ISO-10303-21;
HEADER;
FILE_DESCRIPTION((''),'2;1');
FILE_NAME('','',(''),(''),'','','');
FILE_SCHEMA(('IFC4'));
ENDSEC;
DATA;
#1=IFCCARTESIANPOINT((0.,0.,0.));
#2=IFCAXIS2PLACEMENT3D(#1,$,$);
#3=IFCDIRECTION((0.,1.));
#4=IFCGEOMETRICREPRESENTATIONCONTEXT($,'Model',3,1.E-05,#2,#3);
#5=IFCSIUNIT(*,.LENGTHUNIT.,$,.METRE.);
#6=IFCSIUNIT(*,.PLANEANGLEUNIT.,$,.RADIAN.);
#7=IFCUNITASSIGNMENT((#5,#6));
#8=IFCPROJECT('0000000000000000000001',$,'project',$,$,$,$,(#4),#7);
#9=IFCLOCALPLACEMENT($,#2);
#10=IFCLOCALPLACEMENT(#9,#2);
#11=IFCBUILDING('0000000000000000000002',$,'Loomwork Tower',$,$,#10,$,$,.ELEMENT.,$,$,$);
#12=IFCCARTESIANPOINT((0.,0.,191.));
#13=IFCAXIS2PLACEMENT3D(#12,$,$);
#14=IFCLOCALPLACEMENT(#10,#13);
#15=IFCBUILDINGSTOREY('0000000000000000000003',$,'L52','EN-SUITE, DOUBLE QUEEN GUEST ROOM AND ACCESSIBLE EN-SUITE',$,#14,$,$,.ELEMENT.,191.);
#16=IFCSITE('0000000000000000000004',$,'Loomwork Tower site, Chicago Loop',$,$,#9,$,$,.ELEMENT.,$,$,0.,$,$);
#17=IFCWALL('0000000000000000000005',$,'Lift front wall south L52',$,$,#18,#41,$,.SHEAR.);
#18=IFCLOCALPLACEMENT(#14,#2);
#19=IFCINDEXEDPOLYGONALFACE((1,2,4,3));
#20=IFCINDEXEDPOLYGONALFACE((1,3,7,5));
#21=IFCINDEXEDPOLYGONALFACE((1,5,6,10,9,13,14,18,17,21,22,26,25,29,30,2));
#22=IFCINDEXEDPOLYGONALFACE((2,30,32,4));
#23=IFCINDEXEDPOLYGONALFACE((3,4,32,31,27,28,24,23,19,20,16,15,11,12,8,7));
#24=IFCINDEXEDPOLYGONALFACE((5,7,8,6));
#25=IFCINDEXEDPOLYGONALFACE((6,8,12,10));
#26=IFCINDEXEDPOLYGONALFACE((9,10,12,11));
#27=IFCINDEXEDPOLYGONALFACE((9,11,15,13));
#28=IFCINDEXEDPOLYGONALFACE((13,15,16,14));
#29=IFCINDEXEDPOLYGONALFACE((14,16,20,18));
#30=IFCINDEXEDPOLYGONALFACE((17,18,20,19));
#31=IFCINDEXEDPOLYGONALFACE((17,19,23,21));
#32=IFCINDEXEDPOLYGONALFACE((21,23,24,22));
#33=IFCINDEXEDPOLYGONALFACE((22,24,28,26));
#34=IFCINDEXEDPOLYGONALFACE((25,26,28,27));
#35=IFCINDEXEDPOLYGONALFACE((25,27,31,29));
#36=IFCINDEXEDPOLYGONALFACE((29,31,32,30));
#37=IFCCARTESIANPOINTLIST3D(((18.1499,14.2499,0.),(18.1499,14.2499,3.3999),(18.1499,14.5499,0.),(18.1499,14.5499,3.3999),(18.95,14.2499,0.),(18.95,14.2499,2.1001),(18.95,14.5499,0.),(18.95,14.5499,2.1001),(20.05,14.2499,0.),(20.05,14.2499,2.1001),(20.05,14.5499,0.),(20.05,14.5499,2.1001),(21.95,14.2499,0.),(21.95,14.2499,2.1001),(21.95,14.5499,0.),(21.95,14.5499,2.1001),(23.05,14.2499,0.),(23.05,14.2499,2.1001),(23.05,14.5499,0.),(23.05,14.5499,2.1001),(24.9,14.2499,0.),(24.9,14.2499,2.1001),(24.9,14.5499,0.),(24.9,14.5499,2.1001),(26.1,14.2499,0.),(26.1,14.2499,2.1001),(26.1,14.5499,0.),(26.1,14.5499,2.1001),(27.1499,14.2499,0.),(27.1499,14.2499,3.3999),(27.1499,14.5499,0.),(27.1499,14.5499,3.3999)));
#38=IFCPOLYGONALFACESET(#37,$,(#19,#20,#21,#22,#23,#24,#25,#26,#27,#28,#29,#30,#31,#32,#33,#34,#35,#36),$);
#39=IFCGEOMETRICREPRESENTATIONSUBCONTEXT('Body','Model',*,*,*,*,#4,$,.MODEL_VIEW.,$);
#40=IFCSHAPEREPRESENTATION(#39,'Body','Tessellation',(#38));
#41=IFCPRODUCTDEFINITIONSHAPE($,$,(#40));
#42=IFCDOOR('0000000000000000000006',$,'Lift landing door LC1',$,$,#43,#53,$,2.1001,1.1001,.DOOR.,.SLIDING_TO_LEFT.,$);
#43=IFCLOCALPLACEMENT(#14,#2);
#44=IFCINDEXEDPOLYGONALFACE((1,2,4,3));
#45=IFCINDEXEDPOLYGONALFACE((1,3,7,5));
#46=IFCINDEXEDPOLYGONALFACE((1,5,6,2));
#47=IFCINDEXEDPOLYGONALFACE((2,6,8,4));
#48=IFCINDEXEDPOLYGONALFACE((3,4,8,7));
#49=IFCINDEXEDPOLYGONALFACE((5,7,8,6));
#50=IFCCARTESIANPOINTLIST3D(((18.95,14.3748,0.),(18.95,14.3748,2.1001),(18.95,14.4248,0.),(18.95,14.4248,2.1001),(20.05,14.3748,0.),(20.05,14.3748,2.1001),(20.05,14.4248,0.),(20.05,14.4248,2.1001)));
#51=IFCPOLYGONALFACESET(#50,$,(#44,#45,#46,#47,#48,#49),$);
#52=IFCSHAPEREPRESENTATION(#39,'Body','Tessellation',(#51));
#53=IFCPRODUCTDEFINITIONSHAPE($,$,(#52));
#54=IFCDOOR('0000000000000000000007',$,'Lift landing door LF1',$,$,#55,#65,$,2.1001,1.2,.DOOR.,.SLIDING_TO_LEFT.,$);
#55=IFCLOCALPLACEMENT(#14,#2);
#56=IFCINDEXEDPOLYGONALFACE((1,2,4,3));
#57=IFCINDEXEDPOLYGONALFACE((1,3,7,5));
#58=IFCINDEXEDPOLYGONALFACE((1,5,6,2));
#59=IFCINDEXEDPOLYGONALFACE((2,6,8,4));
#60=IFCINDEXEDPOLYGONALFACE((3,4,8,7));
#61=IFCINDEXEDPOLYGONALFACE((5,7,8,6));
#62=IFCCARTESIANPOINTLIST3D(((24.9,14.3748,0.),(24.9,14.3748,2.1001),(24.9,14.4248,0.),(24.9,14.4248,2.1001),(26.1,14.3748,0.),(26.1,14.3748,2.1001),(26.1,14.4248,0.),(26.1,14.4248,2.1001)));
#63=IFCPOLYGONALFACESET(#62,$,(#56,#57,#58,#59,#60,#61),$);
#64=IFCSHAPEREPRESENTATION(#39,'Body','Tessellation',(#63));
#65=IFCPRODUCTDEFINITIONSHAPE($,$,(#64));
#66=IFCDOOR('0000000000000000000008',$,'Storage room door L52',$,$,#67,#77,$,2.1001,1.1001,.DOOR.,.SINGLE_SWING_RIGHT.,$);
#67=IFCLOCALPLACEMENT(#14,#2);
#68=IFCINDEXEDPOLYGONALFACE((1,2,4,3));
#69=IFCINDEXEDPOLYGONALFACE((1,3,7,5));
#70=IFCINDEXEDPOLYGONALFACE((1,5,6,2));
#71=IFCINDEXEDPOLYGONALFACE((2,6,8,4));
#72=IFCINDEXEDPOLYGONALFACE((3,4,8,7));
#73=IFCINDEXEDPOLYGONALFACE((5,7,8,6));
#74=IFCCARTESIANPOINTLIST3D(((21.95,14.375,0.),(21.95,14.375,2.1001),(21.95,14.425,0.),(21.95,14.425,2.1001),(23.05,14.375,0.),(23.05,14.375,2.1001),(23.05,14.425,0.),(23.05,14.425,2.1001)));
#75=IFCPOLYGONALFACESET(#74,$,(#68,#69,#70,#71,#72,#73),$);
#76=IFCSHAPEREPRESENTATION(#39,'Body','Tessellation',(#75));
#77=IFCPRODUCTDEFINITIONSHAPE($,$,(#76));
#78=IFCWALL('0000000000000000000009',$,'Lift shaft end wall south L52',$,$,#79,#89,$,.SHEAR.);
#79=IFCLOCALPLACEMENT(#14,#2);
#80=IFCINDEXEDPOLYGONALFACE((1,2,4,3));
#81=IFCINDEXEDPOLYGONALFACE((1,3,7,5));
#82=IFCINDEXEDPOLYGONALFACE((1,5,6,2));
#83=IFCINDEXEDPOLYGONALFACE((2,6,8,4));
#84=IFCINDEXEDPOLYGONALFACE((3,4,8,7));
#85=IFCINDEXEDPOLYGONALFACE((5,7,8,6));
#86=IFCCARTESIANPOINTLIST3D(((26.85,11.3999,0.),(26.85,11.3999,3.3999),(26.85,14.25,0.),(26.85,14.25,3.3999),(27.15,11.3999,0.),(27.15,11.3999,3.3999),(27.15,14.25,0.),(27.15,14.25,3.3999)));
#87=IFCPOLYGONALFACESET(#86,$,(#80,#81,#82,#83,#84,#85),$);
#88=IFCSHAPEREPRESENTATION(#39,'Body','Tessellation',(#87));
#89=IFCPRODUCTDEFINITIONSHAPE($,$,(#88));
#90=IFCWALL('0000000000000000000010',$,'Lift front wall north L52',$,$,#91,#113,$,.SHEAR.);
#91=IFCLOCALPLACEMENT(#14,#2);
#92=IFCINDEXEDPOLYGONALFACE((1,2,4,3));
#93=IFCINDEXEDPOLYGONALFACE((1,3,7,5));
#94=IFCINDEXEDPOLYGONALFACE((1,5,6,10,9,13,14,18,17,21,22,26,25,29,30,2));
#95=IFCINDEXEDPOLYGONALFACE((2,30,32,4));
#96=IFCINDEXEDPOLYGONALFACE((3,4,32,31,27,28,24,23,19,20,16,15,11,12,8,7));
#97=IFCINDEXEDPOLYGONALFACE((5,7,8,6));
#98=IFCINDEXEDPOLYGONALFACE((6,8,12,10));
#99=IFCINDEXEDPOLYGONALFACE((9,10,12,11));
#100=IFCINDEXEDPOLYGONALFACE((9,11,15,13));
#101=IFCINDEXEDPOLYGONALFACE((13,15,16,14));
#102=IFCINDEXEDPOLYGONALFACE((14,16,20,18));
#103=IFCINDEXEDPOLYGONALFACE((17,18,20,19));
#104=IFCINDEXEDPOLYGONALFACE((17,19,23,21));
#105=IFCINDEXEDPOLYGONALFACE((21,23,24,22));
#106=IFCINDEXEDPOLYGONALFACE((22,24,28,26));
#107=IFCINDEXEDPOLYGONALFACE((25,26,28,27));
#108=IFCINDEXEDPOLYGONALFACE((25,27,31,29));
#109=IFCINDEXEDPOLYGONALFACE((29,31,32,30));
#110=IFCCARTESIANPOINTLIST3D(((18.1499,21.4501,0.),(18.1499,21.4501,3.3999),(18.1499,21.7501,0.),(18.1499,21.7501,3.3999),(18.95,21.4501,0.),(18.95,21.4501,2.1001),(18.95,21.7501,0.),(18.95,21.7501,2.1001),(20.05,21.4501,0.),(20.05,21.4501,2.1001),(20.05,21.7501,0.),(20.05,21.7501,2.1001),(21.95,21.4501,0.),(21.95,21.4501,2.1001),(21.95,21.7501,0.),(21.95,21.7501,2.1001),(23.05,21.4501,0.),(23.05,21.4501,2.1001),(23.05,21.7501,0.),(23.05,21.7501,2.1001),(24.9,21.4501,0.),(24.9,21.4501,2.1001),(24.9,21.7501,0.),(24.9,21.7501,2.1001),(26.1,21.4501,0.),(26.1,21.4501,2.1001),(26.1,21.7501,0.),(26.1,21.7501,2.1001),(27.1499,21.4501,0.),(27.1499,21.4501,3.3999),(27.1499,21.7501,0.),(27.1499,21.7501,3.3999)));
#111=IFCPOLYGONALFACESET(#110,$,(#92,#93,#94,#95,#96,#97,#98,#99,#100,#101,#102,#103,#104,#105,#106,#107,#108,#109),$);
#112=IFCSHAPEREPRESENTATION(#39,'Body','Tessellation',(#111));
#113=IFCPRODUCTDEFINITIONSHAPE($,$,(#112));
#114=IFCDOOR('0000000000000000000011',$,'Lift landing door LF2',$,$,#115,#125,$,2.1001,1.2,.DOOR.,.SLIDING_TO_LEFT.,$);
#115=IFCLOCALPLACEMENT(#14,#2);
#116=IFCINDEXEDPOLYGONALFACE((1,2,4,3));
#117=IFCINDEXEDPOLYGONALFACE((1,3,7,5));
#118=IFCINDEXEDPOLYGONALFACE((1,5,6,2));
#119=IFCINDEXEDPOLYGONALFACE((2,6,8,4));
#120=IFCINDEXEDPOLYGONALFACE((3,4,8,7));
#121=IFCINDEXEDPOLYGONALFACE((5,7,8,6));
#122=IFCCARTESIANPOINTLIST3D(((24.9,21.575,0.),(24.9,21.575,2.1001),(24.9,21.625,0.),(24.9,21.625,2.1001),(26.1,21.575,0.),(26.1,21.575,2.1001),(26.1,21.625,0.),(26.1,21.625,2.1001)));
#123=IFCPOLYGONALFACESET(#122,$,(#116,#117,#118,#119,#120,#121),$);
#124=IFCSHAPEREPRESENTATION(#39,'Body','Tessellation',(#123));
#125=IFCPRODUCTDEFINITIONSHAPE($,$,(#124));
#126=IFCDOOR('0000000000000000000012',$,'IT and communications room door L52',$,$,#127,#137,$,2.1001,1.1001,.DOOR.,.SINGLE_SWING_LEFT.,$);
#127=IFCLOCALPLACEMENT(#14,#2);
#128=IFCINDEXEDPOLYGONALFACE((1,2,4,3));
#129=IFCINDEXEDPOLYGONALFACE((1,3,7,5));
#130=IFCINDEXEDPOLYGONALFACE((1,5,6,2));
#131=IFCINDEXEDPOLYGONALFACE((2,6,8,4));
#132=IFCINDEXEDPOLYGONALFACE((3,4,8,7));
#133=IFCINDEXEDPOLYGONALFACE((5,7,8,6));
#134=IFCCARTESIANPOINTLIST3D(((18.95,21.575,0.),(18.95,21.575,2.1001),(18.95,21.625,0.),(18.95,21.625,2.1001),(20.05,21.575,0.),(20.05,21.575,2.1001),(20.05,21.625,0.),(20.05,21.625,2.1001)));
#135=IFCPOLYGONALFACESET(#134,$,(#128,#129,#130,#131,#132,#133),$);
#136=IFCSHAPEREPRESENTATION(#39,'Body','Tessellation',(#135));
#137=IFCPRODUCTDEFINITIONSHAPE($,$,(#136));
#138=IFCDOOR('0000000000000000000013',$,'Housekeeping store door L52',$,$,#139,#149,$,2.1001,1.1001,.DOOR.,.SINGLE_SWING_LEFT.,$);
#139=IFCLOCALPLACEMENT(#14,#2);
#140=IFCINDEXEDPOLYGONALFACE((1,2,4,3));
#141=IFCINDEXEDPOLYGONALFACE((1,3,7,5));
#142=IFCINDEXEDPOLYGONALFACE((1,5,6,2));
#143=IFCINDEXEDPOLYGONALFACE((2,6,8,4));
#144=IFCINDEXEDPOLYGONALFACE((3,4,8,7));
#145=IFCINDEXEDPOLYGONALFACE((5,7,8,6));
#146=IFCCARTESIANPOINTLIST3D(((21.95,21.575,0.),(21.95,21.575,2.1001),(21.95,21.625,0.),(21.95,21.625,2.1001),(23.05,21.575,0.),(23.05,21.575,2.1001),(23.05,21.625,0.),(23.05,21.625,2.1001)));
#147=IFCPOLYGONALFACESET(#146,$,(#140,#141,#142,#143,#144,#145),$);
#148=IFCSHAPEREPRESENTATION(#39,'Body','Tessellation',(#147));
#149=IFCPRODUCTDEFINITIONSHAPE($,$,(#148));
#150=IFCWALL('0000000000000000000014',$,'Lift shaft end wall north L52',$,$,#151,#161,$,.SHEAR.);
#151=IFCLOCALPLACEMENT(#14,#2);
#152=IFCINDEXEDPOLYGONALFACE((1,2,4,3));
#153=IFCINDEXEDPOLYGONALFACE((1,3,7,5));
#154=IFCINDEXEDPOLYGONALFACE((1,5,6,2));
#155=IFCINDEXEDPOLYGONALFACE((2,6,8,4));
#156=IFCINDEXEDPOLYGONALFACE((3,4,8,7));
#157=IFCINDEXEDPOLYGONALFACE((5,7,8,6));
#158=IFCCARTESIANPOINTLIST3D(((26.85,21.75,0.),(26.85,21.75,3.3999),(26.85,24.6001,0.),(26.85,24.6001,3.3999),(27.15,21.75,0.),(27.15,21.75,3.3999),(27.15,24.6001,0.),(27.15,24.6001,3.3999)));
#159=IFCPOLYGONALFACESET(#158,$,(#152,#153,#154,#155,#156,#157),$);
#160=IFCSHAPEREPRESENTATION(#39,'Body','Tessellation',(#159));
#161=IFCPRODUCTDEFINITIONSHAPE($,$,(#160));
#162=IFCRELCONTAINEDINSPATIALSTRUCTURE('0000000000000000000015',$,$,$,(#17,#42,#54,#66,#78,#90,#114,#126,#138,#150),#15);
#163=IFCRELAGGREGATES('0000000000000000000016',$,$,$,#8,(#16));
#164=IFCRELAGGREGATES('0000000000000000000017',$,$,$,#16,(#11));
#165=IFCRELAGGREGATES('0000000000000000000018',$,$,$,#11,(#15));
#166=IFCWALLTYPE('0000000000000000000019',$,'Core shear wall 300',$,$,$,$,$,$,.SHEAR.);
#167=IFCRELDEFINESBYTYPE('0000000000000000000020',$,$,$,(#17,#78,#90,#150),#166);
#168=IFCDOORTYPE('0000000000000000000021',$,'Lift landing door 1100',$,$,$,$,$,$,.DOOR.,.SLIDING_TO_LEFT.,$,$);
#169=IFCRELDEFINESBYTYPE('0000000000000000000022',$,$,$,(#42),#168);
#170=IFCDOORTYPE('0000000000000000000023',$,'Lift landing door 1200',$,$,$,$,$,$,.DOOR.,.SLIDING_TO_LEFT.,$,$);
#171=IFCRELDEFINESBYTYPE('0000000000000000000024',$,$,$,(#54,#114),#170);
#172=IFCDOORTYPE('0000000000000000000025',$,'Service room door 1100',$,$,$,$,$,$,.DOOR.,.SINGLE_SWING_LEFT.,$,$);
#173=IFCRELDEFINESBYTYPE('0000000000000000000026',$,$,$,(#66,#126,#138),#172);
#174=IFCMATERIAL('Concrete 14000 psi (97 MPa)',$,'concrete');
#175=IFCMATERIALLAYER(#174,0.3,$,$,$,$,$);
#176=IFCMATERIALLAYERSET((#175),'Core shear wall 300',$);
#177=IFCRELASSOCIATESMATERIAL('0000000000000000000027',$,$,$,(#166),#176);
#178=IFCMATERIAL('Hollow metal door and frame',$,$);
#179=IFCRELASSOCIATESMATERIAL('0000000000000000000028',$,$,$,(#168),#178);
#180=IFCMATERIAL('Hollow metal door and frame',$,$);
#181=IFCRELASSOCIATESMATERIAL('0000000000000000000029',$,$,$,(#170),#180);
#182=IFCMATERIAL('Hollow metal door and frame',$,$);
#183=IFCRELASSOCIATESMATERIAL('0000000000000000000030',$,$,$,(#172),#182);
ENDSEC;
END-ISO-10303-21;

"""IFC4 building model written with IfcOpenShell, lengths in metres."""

from ifc_helpers import new_model, si_unit, direction, frame, frame_2d, origin, place, context, subcontext, project, spatial, rectangle, extrude, material, layer, layer_set, type_object, element, fill, save


model = new_model("IFC4")

# Units and contexts
model_context = context("Model", 3, precision=1e-05, world=origin(), true_north=direction((0.0, 1.0)))
body_context = subcontext(model_context, "Body", "Model", "MODEL_VIEW")
ifc_project = project(units=[si_unit("LENGTHUNIT", "METRE"), si_unit("PLANEANGLEUNIT", "RADIAN")], contexts=[model_context])

# Site, building, storey
site_placement = place(None, origin())
site = spatial("IfcSite", under=ifc_project, at=site_placement, Name="Loomwork Tower site, Chicago Loop", CompositionType="ELEMENT", RefElevation=0.0)
building_placement = place(site_placement, origin())
building = spatial("IfcBuilding", under=site, at=building_placement, Name="Loomwork Tower", CompositionType="ELEMENT")
storey_placement = place(building_placement, frame((0.0, 0.0, 191.0)))
storey = spatial("IfcBuildingStorey", under=building, at=storey_placement, Name="L52", Description="EN-SUITE, DOUBLE QUEEN GUEST ROOM AND ACCESSIBLE EN-SUITE", CompositionType="ELEMENT", Elevation=191.0)

# Wall, openings, doors
ifc_material_1 = material(Name="Concrete 14000 psi (97 MPa)", Category="concrete")
ifc_layer_1 = layer(ifc_material_1, 0.3)
ifc_layer_set_1 = layer_set([ifc_layer_1], Name="Core shear wall 300")
wall_type_1 = type_object("IfcWallType", Name="Core shear wall 300", PredefinedType="SHEAR", material=ifc_layer_set_1)
wall_1_placement = place(storey_placement, frame((18.1499, 14.3999, 0.0), z_axis=(0.0, 0.0, 1.0), x_axis=(1.0, 0.0, 0.0)))
wall_1 = element("IfcWall", 1, at=wall_1_placement, inside=storey, type_object=wall_type_1, Name="Lift front wall south L52", PredefinedType="SHEAR", context=body_context, shape_type="SweptSolid", body=[
    extrude(rectangle(XDim=9.0, YDim=0.3, at=frame_2d((4.5, 0.0))), origin(), (0.0, 0.0, 1.0), 3.3999),
])
opening_1_placement = place(wall_1_placement, frame((0.8, 0.0, 0.0)))
opening_1 = element("IfcOpeningElement", 2, at=opening_1_placement, cuts=wall_1, PredefinedType="OPENING", context=body_context, shape_type="SweptSolid", body=[
    extrude(rectangle(XDim=1.1001, YDim=2.1001, at=frame_2d((0.55, 1.05))), frame((0.0, 0.1599, 0.0), z_axis=(0.0, -1.0, 0.0), x_axis=(1.0, 0.0, 0.0)), (0.0, 0.0, 1.0), 0.3201),
])
opening_2_placement = place(wall_1_placement, frame((6.75, 0.0, 0.0)))
opening_2 = element("IfcOpeningElement", 3, at=opening_2_placement, cuts=wall_1, PredefinedType="OPENING", context=body_context, shape_type="SweptSolid", body=[
    extrude(rectangle(XDim=1.2, YDim=2.1001, at=frame_2d((0.6001, 1.05))), frame((0.0, 0.1599, 0.0), z_axis=(0.0, -1.0, 0.0), x_axis=(1.0, 0.0, 0.0)), (0.0, 0.0, 1.0), 0.3201),
])
opening_3_placement = place(wall_1_placement, frame((3.8, 0.0, 0.0)))
opening_3 = element("IfcOpeningElement", 4, at=opening_3_placement, cuts=wall_1, PredefinedType="OPENING", context=body_context, shape_type="SweptSolid", body=[
    extrude(rectangle(XDim=1.1001, YDim=2.1001, at=frame_2d((0.55, 1.05))), frame((0.0, 0.1599, 0.0), z_axis=(0.0, -1.0, 0.0), x_axis=(1.0, 0.0, 0.0)), (0.0, 0.0, 1.0), 0.3201),
])
ifc_material_2 = material(Name="Hollow metal door and frame")
door_type_1 = type_object("IfcDoorType", Name="Lift landing door 1100", OperationType="SLIDING_TO_LEFT", PredefinedType="DOOR", material=ifc_material_2)
door_1_placement = place(opening_1_placement, origin())
door_1 = element("IfcDoor", 5, at=door_1_placement, inside=storey, type_object=door_type_1, Name="Lift landing door LC1", OperationType="SLIDING_TO_LEFT", OverallHeight=2.1001, OverallWidth=1.1001, PredefinedType="DOOR", context=body_context, shape_type="SweptSolid", body=[
    extrude(rectangle(XDim=1.1001, YDim=2.1001, at=frame_2d((0.55, 1.05))), frame((0.0, 0.0249, 0.0), z_axis=(0.0, -1.0, 0.0), x_axis=(1.0, 0.0, 0.0)), (0.0, 0.0, 1.0), 0.05),
])
fill(opening_1, door_1)
ifc_material_3 = material(Name="Hollow metal door and frame")
door_type_2 = type_object("IfcDoorType", Name="Lift landing door 1200", OperationType="SLIDING_TO_LEFT", PredefinedType="DOOR", material=ifc_material_3)
door_2_placement = place(opening_2_placement, origin())
door_2 = element("IfcDoor", 6, at=door_2_placement, inside=storey, type_object=door_type_2, Name="Lift landing door LF1", OperationType="SLIDING_TO_LEFT", OverallHeight=2.1001, OverallWidth=1.2, PredefinedType="DOOR", context=body_context, shape_type="SweptSolid", body=[
    extrude(rectangle(XDim=1.2, YDim=2.1001, at=frame_2d((0.6001, 1.05))), frame((0.0, 0.0249, 0.0), z_axis=(0.0, -1.0, 0.0), x_axis=(1.0, 0.0, 0.0)), (0.0, 0.0, 1.0), 0.05),
])
fill(opening_2, door_2)
ifc_material_4 = material(Name="Hollow metal door and frame")
door_type_3 = type_object("IfcDoorType", Name="Service room door 1100", OperationType="SINGLE_SWING_LEFT", PredefinedType="DOOR", material=ifc_material_4)
door_3_placement = place(opening_3_placement, frame((1.1001, 0.0, 0.0), z_axis=(0.0, 0.0, 1.0), x_axis=(-1.0, 0.0, 0.0)))
door_3 = element("IfcDoor", 7, at=door_3_placement, inside=storey, type_object=door_type_3, Name="Storage room door L52", OperationType="SINGLE_SWING_RIGHT", OverallHeight=2.1001, OverallWidth=1.1001, PredefinedType="DOOR", context=body_context, shape_type="SweptSolid", body=[
    extrude(rectangle(XDim=1.1001, YDim=2.1001, at=frame_2d((0.55, 1.05))), frame((0.0, 0.0249, 0.0), z_axis=(0.0, -1.0, 0.0), x_axis=(1.0, 0.0, 0.0)), (0.0, 0.0, 1.0), 0.05),
])
fill(opening_3, door_3)

# Wall
wall_2_placement = place(storey_placement, frame((27.0, 11.3999, 0.0), z_axis=(0.0, 0.0, 1.0), x_axis=(0.0, 1.0, 0.0)))
element("IfcWall", 8, at=wall_2_placement, inside=storey, type_object=wall_type_1, Name="Lift shaft end wall south L52", PredefinedType="SHEAR", context=body_context, shape_type="SweptSolid", body=[
    extrude(rectangle(XDim=2.8501, YDim=0.3, at=frame_2d((1.425, 0.0))), origin(), (0.0, 0.0, 1.0), 3.3999),
])

# Wall, openings, doors
wall_3_placement = place(storey_placement, frame((18.1499, 21.6001, 0.0), z_axis=(0.0, 0.0, 1.0), x_axis=(1.0, 0.0, 0.0)))
wall_3 = element("IfcWall", 9, at=wall_3_placement, inside=storey, type_object=wall_type_1, Name="Lift front wall north L52", PredefinedType="SHEAR", context=body_context, shape_type="SweptSolid", body=[
    extrude(rectangle(XDim=9.0, YDim=0.3, at=frame_2d((4.5, 0.0))), origin(), (0.0, 0.0, 1.0), 3.3999),
])
opening_4_placement = place(wall_3_placement, frame((6.75, 0.0, 0.0)))
opening_4 = element("IfcOpeningElement", 10, at=opening_4_placement, cuts=wall_3, PredefinedType="OPENING", context=body_context, shape_type="SweptSolid", body=[
    extrude(rectangle(XDim=1.2, YDim=2.1001, at=frame_2d((0.6001, 1.05))), frame((0.0, 0.1599, 0.0), z_axis=(0.0, -1.0, 0.0), x_axis=(1.0, 0.0, 0.0)), (0.0, 0.0, 1.0), 0.3201),
])
opening_5_placement = place(wall_3_placement, frame((0.8, 0.0, 0.0)))
opening_5 = element("IfcOpeningElement", 11, at=opening_5_placement, cuts=wall_3, PredefinedType="OPENING", context=body_context, shape_type="SweptSolid", body=[
    extrude(rectangle(XDim=1.1001, YDim=2.1001, at=frame_2d((0.55, 1.05))), frame((0.0, 0.1599, 0.0), z_axis=(0.0, -1.0, 0.0), x_axis=(1.0, 0.0, 0.0)), (0.0, 0.0, 1.0), 0.3201),
])
opening_6_placement = place(wall_3_placement, frame((3.8, 0.0, 0.0)))
opening_6 = element("IfcOpeningElement", 12, at=opening_6_placement, cuts=wall_3, PredefinedType="OPENING", context=body_context, shape_type="SweptSolid", body=[
    extrude(rectangle(XDim=1.1001, YDim=2.1001, at=frame_2d((0.55, 1.05))), frame((0.0, 0.1599, 0.0), z_axis=(0.0, -1.0, 0.0), x_axis=(1.0, 0.0, 0.0)), (0.0, 0.0, 1.0), 0.3201),
])
door_4_placement = place(opening_4_placement, origin())
door_4 = element("IfcDoor", 13, at=door_4_placement, inside=storey, type_object=door_type_2, Name="Lift landing door LF2", OperationType="SLIDING_TO_LEFT", OverallHeight=2.1001, OverallWidth=1.2, PredefinedType="DOOR", context=body_context, shape_type="SweptSolid", body=[
    extrude(rectangle(XDim=1.2, YDim=2.1001, at=frame_2d((0.6001, 1.05))), frame((0.0, 0.0249, 0.0), z_axis=(0.0, -1.0, 0.0), x_axis=(1.0, 0.0, 0.0)), (0.0, 0.0, 1.0), 0.05),
])
fill(opening_4, door_4)
door_5_placement = place(opening_5_placement, origin())
door_5 = element("IfcDoor", 14, at=door_5_placement, inside=storey, type_object=door_type_3, Name="IT and communications room door L52", OperationType="SINGLE_SWING_LEFT", OverallHeight=2.1001, OverallWidth=1.1001, PredefinedType="DOOR", context=body_context, shape_type="SweptSolid", body=[
    extrude(rectangle(XDim=1.1001, YDim=2.1001, at=frame_2d((0.55, 1.05))), frame((0.0, 0.0249, 0.0), z_axis=(0.0, -1.0, 0.0), x_axis=(1.0, 0.0, 0.0)), (0.0, 0.0, 1.0), 0.05),
])
fill(opening_5, door_5)
door_6_placement = place(opening_6_placement, origin())
door_6 = element("IfcDoor", 15, at=door_6_placement, inside=storey, type_object=door_type_3, Name="Housekeeping store door L52", OperationType="SINGLE_SWING_LEFT", OverallHeight=2.1001, OverallWidth=1.1001, PredefinedType="DOOR", context=body_context, shape_type="SweptSolid", body=[
    extrude(rectangle(XDim=1.1001, YDim=2.1001, at=frame_2d((0.55, 1.05))), frame((0.0, 0.0249, 0.0), z_axis=(0.0, -1.0, 0.0), x_axis=(1.0, 0.0, 0.0)), (0.0, 0.0, 1.0), 0.05),
])
fill(opening_6, door_6)

# Wall
wall_4_placement = place(storey_placement, frame((27.0, 21.75, 0.0), z_axis=(0.0, 0.0, 1.0), x_axis=(0.0, 1.0, 0.0)))
element("IfcWall", 16, at=wall_4_placement, inside=storey, type_object=wall_type_1, Name="Lift shaft end wall north L52", PredefinedType="SHEAR", context=body_context, shape_type="SweptSolid", body=[
    extrude(rectangle(XDim=2.8501, YDim=0.3, at=frame_2d((1.425, 0.0))), origin(), (0.0, 0.0, 1.0), 3.3999),
])

save(model, "model.ifc")
